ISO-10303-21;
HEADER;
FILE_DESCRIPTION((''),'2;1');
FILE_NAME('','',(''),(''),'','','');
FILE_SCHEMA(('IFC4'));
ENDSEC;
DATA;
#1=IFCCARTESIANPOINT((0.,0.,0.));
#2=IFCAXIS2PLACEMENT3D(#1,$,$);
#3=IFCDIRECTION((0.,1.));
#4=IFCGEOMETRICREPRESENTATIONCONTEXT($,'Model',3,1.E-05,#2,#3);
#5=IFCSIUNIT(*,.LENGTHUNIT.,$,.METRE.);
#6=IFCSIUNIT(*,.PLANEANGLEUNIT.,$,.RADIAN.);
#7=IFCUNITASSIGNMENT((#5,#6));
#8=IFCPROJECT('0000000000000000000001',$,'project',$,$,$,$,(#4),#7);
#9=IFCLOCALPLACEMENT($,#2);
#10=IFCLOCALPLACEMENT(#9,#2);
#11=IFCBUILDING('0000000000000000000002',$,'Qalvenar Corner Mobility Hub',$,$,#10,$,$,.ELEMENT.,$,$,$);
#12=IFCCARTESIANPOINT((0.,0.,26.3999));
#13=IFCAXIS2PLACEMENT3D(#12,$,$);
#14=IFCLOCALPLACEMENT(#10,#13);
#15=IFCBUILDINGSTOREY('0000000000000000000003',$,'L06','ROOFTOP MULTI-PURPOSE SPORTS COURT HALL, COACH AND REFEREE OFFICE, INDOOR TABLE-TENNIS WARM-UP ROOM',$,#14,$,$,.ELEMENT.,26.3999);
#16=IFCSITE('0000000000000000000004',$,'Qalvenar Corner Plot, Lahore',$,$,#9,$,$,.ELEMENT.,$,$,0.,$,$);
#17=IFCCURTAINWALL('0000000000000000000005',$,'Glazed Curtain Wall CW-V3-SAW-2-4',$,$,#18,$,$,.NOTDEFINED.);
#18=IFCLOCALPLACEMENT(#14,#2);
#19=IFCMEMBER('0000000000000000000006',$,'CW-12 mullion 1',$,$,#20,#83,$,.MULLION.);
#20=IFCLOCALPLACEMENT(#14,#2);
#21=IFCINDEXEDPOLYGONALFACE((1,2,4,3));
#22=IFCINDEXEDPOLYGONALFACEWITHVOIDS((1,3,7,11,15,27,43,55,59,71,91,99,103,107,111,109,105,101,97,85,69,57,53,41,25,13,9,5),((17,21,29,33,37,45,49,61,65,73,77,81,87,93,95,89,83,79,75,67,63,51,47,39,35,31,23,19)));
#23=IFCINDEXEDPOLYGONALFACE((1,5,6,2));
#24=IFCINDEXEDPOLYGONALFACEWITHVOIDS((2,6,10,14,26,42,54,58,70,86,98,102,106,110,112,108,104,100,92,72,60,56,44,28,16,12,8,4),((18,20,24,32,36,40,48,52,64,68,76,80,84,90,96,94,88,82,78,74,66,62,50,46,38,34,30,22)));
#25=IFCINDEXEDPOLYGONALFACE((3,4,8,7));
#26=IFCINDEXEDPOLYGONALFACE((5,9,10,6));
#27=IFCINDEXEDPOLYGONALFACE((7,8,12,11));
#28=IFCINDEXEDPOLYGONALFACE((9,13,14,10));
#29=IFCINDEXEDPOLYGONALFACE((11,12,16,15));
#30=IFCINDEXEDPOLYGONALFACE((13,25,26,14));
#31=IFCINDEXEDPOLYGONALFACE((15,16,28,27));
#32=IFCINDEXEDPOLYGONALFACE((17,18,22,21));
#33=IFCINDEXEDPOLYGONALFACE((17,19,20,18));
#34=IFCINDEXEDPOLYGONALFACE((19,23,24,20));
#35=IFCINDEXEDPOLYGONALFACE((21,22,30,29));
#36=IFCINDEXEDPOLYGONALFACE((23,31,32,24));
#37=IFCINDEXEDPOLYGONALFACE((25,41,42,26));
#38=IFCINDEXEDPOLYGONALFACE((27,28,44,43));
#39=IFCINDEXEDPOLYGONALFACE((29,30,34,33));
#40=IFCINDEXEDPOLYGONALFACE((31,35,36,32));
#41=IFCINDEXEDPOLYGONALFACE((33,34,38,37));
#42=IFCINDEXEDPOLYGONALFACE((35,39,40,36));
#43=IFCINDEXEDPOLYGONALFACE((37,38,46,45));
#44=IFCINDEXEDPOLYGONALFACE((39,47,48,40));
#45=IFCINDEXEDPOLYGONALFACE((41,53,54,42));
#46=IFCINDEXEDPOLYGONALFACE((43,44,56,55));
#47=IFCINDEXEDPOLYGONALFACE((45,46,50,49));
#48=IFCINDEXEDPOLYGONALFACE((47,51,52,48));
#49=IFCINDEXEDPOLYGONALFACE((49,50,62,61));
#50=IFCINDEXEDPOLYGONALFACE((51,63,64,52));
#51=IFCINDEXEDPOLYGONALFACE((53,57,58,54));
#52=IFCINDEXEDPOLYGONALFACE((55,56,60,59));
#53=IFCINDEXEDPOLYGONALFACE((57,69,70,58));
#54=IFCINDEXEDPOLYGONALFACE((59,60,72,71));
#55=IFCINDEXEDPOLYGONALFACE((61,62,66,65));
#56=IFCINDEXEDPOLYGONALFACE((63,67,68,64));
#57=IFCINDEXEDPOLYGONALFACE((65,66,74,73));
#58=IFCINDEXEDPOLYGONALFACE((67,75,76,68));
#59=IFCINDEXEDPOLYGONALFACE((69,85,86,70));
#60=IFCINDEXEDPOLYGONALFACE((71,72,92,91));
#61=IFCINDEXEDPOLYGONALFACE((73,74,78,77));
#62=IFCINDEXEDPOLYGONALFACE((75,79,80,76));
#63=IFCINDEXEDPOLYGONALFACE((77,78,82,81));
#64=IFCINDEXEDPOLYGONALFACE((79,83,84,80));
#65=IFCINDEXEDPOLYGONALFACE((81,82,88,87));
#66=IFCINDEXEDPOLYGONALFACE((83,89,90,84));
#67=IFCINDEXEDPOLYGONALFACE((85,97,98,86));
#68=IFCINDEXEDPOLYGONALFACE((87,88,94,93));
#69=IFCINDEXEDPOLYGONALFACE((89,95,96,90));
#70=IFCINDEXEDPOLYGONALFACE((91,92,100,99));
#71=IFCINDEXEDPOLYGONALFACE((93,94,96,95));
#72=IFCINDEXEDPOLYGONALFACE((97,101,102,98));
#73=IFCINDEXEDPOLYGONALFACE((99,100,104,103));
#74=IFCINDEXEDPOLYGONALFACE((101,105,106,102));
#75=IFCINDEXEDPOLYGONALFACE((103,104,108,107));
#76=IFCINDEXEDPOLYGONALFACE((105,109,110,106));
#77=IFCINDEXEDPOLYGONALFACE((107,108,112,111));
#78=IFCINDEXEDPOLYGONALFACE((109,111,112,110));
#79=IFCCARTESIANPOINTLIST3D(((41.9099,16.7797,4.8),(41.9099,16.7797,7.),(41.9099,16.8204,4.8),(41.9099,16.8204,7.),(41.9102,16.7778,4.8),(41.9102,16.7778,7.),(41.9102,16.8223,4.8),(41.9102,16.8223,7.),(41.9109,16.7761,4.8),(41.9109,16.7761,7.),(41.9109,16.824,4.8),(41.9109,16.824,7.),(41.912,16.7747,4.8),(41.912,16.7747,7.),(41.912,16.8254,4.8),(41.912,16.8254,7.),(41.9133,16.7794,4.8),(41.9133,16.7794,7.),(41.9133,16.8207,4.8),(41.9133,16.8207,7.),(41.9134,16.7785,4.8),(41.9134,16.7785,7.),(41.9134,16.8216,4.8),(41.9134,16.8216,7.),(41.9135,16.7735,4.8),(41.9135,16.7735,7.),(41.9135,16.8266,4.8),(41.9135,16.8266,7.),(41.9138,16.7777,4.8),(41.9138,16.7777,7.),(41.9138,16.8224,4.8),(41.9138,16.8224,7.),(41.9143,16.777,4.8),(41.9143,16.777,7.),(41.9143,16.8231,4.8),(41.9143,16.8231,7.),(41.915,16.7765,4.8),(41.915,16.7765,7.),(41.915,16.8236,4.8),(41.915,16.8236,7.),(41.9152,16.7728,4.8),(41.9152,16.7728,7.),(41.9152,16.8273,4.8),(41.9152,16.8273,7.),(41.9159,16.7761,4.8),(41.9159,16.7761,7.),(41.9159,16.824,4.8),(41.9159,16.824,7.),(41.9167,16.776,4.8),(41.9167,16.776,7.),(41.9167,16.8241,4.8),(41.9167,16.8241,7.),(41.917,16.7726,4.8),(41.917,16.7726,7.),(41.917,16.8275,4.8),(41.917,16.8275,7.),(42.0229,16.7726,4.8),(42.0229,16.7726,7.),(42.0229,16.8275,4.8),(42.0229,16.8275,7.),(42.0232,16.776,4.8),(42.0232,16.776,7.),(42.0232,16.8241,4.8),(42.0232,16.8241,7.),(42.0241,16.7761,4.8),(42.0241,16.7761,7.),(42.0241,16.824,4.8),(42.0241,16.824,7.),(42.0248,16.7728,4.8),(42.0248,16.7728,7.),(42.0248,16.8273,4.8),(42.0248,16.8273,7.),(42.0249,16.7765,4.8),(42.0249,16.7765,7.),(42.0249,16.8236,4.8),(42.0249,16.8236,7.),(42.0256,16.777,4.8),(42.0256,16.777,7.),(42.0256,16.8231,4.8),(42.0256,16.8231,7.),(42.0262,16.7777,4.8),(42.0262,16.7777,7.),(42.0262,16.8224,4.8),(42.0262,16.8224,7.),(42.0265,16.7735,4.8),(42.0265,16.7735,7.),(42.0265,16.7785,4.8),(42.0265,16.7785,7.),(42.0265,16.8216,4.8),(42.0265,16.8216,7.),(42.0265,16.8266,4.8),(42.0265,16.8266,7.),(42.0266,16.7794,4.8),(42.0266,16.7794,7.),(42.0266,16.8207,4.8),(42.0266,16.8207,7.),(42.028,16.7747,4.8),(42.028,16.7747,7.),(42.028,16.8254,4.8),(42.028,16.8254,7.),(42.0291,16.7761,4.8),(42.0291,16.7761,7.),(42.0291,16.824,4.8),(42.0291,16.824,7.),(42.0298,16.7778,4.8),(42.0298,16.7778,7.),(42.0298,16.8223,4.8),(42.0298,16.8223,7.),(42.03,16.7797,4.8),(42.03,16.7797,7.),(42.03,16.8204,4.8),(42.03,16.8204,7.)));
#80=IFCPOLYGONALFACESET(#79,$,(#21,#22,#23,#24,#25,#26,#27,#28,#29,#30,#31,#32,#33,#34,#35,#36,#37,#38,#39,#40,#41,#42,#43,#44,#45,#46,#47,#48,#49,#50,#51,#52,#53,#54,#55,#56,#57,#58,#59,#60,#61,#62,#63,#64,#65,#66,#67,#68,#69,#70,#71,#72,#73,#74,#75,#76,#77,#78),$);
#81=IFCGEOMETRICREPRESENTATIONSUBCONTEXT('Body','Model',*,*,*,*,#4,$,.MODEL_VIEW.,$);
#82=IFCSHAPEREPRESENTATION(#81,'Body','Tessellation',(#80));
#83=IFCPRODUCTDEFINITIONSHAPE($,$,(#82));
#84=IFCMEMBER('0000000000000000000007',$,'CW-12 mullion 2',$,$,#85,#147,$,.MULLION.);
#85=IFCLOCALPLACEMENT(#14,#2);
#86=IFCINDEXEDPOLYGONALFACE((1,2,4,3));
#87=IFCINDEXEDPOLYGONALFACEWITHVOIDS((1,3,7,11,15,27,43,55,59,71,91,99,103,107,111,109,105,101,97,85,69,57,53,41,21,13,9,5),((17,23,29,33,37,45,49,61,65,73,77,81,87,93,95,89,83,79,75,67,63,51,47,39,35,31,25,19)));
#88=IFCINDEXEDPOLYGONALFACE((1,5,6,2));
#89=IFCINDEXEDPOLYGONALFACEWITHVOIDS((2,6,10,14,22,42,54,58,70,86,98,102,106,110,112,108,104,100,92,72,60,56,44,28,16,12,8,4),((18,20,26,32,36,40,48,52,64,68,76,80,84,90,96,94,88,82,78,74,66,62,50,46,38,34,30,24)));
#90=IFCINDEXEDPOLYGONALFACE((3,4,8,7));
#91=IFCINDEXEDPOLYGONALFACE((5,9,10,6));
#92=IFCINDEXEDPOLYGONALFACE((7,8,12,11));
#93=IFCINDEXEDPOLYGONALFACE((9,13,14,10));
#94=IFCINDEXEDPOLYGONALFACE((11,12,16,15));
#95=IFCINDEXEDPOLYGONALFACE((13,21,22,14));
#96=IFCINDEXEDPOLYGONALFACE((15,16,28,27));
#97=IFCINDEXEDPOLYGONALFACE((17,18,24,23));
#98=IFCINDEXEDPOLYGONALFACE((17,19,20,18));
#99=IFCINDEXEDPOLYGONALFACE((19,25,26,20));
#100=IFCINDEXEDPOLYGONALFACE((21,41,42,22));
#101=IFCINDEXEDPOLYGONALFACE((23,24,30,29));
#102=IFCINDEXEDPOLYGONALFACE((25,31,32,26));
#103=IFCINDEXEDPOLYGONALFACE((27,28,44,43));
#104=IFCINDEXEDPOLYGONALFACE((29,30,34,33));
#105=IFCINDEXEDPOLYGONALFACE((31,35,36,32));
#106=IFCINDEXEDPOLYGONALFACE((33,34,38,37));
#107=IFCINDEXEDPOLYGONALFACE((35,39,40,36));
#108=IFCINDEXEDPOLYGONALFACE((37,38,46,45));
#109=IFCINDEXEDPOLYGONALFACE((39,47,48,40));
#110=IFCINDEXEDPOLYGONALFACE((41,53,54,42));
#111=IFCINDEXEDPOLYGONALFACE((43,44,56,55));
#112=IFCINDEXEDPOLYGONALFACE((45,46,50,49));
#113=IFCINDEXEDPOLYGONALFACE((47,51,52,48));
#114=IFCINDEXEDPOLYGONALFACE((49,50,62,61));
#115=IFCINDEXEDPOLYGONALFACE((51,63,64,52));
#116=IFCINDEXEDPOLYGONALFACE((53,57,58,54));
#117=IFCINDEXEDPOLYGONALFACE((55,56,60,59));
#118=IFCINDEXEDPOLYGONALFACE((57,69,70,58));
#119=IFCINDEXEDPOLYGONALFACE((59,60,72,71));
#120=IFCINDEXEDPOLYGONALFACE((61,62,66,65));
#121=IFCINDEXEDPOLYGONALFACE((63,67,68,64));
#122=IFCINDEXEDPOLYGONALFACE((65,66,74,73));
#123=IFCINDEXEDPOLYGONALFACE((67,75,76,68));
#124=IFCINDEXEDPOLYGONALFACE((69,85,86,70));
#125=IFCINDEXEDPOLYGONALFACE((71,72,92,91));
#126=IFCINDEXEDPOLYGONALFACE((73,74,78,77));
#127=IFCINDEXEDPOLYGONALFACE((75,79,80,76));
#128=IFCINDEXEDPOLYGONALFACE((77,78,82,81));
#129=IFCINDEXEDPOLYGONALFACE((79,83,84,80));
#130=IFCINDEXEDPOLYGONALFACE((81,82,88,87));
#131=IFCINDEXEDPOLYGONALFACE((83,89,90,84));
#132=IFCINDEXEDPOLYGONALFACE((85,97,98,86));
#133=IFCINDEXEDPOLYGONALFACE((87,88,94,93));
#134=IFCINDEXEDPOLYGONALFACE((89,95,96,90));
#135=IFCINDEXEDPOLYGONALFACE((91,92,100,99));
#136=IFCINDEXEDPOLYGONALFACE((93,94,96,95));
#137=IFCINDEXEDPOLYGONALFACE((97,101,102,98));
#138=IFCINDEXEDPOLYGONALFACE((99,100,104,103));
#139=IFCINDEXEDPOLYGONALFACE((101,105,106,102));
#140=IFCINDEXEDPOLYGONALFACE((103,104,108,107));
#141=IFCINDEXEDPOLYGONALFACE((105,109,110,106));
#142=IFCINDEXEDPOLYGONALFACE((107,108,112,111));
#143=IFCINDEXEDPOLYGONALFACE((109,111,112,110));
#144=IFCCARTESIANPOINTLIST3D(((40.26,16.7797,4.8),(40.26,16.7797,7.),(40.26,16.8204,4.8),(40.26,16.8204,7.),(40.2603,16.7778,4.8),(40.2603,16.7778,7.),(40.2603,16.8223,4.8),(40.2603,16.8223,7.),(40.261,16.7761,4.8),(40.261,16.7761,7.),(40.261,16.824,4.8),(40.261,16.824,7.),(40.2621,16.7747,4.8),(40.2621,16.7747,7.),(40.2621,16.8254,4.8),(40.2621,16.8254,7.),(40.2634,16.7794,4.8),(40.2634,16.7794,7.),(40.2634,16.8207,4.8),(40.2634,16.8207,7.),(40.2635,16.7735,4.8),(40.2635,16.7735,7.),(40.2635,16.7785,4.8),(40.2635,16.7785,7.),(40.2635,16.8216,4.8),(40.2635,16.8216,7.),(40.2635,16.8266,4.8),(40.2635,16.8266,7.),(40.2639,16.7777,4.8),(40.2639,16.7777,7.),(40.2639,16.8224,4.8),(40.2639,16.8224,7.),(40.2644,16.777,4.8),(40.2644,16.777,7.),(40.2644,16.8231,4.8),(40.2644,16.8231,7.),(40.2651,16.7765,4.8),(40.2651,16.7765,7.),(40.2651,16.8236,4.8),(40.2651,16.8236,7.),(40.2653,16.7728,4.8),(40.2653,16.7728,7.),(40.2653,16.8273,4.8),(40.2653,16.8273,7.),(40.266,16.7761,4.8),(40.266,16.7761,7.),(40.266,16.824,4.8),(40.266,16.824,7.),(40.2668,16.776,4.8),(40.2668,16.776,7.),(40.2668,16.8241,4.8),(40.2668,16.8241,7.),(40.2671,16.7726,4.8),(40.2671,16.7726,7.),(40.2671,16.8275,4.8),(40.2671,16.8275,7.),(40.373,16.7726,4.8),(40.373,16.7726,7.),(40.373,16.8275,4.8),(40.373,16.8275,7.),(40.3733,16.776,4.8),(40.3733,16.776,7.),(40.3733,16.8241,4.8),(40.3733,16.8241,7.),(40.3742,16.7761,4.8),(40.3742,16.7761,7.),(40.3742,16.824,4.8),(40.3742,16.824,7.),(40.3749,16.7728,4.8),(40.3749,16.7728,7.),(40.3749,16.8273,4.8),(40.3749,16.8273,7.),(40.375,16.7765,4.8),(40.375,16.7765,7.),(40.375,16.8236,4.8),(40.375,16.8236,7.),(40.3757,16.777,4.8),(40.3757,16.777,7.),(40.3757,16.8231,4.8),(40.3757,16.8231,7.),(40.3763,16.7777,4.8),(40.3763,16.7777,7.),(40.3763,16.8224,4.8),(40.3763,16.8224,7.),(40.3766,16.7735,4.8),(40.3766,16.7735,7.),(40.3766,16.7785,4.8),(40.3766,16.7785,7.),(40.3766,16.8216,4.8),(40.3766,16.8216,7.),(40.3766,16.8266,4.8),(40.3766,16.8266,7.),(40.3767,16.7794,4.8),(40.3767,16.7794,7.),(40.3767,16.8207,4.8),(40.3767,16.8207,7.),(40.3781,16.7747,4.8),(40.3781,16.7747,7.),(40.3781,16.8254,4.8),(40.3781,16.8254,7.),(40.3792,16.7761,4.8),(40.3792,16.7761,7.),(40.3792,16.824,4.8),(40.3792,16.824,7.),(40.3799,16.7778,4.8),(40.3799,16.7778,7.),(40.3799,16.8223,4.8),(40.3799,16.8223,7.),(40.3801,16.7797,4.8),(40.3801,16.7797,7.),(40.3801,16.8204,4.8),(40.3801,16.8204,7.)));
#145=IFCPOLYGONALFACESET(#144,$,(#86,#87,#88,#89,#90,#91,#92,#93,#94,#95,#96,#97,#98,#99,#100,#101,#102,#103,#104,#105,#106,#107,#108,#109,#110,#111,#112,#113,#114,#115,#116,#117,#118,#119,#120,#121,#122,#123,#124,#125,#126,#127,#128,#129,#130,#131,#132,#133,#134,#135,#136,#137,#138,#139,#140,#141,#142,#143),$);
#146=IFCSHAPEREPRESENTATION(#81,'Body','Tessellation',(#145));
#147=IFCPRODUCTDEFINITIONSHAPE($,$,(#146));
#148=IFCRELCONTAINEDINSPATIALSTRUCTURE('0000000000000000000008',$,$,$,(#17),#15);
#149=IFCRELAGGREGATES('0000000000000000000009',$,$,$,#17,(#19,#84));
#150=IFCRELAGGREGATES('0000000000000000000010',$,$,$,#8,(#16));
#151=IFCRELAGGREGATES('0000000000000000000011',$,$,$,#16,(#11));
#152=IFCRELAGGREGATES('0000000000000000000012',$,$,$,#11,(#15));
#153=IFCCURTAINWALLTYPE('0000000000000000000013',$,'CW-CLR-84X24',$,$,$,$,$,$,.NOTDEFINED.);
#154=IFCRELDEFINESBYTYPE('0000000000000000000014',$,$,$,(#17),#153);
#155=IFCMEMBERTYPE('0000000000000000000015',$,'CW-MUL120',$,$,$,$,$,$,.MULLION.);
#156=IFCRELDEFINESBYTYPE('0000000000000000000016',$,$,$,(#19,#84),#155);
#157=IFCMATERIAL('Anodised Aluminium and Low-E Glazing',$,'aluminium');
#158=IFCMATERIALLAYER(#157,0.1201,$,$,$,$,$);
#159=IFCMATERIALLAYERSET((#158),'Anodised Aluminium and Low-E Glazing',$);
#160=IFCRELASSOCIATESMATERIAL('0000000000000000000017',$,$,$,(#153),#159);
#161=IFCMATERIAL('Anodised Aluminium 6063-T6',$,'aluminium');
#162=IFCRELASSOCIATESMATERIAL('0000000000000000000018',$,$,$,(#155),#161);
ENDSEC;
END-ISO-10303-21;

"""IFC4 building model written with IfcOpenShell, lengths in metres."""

from ifc_helpers import new_model, si_unit, direction, frame, origin, origin_2d, place, context, subcontext, project, spatial, hollow_rectangle, extrude, material, layer, layer_set, material_profile, profile_set, type_object, element, aggregate, save


model = new_model("IFC4")

# Units and contexts
model_context = context("Model", 3, precision=1e-05, world=origin(), true_north=direction((0.0, 1.0)))
body_context = subcontext(model_context, "Body", "Model", "MODEL_VIEW")
ifc_project = project(units=[si_unit("LENGTHUNIT", "METRE"), si_unit("PLANEANGLEUNIT", "RADIAN")], contexts=[model_context])

# Site, building, storey
site_placement = place(None, origin())
site = spatial("IfcSite", under=ifc_project, at=site_placement, Name="Qalvenar Corner Plot, Lahore", CompositionType="ELEMENT", RefElevation=0.0)
building_placement = place(site_placement, origin())
building = spatial("IfcBuilding", under=site, at=building_placement, Name="Qalvenar Corner Mobility Hub", CompositionType="ELEMENT")
storey_placement = place(building_placement, frame((0.0, 0.0, 26.3999)))
storey = spatial("IfcBuildingStorey", under=building, at=storey_placement, Name="L06", Description="ROOFTOP MULTI-PURPOSE SPORTS COURT HALL, COACH AND REFEREE OFFICE, INDOOR TABLE-TENNIS WARM-UP ROOM", CompositionType="ELEMENT", Elevation=26.3999)

# Curtain wall, members
ifc_material_1 = material(Name="Anodised Aluminium and Low-E Glazing", Category="aluminium")
ifc_layer_1 = layer(ifc_material_1, 0.1201)
ifc_layer_set_1 = layer_set([ifc_layer_1], Name="Anodised Aluminium and Low-E Glazing")
curtain_wall_type = type_object("IfcCurtainWallType", Name="CW-CLR-84X24", PredefinedType="NOTDEFINED", material=ifc_layer_set_1)
curtain_wall_1_placement = place(storey_placement, origin())
curtain_wall_1 = element("IfcCurtainWall", 1, at=curtain_wall_1_placement, inside=storey, type_object=curtain_wall_type, Name="Glazed Curtain Wall CW-V3-SAW-2-4", PredefinedType="NOTDEFINED")
ifc_material_2 = material(Name="Anodised Aluminium 6063-T6", Category="aluminium")
ifc_material_profile_1 = material_profile(ifc_material_2, hollow_rectangle(XDim=0.0549, YDim=0.1201, WallThickness=0.0034, InnerFilletRadius=0.0034, OuterFilletRadius=0.0071, at=origin_2d()), Name="RHS120x55x3.5")
ifc_profile_set_1 = profile_set([ifc_material_profile_1], Name="Anodised Aluminium 6063-T6")
member_type_1 = type_object("IfcMemberType", Name="CW-MUL120", PredefinedType="MULLION", material=ifc_profile_set_1)
member_1_placement = place(storey_placement, frame((41.97, 16.8, 4.8), z_axis=(0.0, 0.0, 1.0), x_axis=(0.0, -1.0, 0.0)))
member_1 = element("IfcMember", 2, at=member_1_placement, type_object=member_type_1, Name="CW-12 mullion 1", PredefinedType="MULLION", context=body_context, shape_type="SweptSolid", body=[
    extrude(hollow_rectangle(XDim=0.0549, YDim=0.1201, WallThickness=0.0034, InnerFilletRadius=0.0034, OuterFilletRadius=0.0071, at=origin_2d()), origin(), (0.0, 0.0, 1.0), 2.2),
])
member_2_placement = place(storey_placement, frame((40.3201, 16.8, 4.8), z_axis=(0.0, 0.0, 1.0), x_axis=(0.0, -1.0, 0.0)))
member_2 = element("IfcMember", 3, at=member_2_placement, type_object=member_type_1, Name="CW-12 mullion 2", PredefinedType="MULLION", context=body_context, shape_type="SweptSolid", body=[
    extrude(hollow_rectangle(XDim=0.0549, YDim=0.1201, WallThickness=0.0034, InnerFilletRadius=0.0034, OuterFilletRadius=0.0071, at=origin_2d()), origin(), (0.0, 0.0, 1.0), 2.2),
])

aggregate(curtain_wall_1, [member_1, member_2])

save(model, "model.ifc")
